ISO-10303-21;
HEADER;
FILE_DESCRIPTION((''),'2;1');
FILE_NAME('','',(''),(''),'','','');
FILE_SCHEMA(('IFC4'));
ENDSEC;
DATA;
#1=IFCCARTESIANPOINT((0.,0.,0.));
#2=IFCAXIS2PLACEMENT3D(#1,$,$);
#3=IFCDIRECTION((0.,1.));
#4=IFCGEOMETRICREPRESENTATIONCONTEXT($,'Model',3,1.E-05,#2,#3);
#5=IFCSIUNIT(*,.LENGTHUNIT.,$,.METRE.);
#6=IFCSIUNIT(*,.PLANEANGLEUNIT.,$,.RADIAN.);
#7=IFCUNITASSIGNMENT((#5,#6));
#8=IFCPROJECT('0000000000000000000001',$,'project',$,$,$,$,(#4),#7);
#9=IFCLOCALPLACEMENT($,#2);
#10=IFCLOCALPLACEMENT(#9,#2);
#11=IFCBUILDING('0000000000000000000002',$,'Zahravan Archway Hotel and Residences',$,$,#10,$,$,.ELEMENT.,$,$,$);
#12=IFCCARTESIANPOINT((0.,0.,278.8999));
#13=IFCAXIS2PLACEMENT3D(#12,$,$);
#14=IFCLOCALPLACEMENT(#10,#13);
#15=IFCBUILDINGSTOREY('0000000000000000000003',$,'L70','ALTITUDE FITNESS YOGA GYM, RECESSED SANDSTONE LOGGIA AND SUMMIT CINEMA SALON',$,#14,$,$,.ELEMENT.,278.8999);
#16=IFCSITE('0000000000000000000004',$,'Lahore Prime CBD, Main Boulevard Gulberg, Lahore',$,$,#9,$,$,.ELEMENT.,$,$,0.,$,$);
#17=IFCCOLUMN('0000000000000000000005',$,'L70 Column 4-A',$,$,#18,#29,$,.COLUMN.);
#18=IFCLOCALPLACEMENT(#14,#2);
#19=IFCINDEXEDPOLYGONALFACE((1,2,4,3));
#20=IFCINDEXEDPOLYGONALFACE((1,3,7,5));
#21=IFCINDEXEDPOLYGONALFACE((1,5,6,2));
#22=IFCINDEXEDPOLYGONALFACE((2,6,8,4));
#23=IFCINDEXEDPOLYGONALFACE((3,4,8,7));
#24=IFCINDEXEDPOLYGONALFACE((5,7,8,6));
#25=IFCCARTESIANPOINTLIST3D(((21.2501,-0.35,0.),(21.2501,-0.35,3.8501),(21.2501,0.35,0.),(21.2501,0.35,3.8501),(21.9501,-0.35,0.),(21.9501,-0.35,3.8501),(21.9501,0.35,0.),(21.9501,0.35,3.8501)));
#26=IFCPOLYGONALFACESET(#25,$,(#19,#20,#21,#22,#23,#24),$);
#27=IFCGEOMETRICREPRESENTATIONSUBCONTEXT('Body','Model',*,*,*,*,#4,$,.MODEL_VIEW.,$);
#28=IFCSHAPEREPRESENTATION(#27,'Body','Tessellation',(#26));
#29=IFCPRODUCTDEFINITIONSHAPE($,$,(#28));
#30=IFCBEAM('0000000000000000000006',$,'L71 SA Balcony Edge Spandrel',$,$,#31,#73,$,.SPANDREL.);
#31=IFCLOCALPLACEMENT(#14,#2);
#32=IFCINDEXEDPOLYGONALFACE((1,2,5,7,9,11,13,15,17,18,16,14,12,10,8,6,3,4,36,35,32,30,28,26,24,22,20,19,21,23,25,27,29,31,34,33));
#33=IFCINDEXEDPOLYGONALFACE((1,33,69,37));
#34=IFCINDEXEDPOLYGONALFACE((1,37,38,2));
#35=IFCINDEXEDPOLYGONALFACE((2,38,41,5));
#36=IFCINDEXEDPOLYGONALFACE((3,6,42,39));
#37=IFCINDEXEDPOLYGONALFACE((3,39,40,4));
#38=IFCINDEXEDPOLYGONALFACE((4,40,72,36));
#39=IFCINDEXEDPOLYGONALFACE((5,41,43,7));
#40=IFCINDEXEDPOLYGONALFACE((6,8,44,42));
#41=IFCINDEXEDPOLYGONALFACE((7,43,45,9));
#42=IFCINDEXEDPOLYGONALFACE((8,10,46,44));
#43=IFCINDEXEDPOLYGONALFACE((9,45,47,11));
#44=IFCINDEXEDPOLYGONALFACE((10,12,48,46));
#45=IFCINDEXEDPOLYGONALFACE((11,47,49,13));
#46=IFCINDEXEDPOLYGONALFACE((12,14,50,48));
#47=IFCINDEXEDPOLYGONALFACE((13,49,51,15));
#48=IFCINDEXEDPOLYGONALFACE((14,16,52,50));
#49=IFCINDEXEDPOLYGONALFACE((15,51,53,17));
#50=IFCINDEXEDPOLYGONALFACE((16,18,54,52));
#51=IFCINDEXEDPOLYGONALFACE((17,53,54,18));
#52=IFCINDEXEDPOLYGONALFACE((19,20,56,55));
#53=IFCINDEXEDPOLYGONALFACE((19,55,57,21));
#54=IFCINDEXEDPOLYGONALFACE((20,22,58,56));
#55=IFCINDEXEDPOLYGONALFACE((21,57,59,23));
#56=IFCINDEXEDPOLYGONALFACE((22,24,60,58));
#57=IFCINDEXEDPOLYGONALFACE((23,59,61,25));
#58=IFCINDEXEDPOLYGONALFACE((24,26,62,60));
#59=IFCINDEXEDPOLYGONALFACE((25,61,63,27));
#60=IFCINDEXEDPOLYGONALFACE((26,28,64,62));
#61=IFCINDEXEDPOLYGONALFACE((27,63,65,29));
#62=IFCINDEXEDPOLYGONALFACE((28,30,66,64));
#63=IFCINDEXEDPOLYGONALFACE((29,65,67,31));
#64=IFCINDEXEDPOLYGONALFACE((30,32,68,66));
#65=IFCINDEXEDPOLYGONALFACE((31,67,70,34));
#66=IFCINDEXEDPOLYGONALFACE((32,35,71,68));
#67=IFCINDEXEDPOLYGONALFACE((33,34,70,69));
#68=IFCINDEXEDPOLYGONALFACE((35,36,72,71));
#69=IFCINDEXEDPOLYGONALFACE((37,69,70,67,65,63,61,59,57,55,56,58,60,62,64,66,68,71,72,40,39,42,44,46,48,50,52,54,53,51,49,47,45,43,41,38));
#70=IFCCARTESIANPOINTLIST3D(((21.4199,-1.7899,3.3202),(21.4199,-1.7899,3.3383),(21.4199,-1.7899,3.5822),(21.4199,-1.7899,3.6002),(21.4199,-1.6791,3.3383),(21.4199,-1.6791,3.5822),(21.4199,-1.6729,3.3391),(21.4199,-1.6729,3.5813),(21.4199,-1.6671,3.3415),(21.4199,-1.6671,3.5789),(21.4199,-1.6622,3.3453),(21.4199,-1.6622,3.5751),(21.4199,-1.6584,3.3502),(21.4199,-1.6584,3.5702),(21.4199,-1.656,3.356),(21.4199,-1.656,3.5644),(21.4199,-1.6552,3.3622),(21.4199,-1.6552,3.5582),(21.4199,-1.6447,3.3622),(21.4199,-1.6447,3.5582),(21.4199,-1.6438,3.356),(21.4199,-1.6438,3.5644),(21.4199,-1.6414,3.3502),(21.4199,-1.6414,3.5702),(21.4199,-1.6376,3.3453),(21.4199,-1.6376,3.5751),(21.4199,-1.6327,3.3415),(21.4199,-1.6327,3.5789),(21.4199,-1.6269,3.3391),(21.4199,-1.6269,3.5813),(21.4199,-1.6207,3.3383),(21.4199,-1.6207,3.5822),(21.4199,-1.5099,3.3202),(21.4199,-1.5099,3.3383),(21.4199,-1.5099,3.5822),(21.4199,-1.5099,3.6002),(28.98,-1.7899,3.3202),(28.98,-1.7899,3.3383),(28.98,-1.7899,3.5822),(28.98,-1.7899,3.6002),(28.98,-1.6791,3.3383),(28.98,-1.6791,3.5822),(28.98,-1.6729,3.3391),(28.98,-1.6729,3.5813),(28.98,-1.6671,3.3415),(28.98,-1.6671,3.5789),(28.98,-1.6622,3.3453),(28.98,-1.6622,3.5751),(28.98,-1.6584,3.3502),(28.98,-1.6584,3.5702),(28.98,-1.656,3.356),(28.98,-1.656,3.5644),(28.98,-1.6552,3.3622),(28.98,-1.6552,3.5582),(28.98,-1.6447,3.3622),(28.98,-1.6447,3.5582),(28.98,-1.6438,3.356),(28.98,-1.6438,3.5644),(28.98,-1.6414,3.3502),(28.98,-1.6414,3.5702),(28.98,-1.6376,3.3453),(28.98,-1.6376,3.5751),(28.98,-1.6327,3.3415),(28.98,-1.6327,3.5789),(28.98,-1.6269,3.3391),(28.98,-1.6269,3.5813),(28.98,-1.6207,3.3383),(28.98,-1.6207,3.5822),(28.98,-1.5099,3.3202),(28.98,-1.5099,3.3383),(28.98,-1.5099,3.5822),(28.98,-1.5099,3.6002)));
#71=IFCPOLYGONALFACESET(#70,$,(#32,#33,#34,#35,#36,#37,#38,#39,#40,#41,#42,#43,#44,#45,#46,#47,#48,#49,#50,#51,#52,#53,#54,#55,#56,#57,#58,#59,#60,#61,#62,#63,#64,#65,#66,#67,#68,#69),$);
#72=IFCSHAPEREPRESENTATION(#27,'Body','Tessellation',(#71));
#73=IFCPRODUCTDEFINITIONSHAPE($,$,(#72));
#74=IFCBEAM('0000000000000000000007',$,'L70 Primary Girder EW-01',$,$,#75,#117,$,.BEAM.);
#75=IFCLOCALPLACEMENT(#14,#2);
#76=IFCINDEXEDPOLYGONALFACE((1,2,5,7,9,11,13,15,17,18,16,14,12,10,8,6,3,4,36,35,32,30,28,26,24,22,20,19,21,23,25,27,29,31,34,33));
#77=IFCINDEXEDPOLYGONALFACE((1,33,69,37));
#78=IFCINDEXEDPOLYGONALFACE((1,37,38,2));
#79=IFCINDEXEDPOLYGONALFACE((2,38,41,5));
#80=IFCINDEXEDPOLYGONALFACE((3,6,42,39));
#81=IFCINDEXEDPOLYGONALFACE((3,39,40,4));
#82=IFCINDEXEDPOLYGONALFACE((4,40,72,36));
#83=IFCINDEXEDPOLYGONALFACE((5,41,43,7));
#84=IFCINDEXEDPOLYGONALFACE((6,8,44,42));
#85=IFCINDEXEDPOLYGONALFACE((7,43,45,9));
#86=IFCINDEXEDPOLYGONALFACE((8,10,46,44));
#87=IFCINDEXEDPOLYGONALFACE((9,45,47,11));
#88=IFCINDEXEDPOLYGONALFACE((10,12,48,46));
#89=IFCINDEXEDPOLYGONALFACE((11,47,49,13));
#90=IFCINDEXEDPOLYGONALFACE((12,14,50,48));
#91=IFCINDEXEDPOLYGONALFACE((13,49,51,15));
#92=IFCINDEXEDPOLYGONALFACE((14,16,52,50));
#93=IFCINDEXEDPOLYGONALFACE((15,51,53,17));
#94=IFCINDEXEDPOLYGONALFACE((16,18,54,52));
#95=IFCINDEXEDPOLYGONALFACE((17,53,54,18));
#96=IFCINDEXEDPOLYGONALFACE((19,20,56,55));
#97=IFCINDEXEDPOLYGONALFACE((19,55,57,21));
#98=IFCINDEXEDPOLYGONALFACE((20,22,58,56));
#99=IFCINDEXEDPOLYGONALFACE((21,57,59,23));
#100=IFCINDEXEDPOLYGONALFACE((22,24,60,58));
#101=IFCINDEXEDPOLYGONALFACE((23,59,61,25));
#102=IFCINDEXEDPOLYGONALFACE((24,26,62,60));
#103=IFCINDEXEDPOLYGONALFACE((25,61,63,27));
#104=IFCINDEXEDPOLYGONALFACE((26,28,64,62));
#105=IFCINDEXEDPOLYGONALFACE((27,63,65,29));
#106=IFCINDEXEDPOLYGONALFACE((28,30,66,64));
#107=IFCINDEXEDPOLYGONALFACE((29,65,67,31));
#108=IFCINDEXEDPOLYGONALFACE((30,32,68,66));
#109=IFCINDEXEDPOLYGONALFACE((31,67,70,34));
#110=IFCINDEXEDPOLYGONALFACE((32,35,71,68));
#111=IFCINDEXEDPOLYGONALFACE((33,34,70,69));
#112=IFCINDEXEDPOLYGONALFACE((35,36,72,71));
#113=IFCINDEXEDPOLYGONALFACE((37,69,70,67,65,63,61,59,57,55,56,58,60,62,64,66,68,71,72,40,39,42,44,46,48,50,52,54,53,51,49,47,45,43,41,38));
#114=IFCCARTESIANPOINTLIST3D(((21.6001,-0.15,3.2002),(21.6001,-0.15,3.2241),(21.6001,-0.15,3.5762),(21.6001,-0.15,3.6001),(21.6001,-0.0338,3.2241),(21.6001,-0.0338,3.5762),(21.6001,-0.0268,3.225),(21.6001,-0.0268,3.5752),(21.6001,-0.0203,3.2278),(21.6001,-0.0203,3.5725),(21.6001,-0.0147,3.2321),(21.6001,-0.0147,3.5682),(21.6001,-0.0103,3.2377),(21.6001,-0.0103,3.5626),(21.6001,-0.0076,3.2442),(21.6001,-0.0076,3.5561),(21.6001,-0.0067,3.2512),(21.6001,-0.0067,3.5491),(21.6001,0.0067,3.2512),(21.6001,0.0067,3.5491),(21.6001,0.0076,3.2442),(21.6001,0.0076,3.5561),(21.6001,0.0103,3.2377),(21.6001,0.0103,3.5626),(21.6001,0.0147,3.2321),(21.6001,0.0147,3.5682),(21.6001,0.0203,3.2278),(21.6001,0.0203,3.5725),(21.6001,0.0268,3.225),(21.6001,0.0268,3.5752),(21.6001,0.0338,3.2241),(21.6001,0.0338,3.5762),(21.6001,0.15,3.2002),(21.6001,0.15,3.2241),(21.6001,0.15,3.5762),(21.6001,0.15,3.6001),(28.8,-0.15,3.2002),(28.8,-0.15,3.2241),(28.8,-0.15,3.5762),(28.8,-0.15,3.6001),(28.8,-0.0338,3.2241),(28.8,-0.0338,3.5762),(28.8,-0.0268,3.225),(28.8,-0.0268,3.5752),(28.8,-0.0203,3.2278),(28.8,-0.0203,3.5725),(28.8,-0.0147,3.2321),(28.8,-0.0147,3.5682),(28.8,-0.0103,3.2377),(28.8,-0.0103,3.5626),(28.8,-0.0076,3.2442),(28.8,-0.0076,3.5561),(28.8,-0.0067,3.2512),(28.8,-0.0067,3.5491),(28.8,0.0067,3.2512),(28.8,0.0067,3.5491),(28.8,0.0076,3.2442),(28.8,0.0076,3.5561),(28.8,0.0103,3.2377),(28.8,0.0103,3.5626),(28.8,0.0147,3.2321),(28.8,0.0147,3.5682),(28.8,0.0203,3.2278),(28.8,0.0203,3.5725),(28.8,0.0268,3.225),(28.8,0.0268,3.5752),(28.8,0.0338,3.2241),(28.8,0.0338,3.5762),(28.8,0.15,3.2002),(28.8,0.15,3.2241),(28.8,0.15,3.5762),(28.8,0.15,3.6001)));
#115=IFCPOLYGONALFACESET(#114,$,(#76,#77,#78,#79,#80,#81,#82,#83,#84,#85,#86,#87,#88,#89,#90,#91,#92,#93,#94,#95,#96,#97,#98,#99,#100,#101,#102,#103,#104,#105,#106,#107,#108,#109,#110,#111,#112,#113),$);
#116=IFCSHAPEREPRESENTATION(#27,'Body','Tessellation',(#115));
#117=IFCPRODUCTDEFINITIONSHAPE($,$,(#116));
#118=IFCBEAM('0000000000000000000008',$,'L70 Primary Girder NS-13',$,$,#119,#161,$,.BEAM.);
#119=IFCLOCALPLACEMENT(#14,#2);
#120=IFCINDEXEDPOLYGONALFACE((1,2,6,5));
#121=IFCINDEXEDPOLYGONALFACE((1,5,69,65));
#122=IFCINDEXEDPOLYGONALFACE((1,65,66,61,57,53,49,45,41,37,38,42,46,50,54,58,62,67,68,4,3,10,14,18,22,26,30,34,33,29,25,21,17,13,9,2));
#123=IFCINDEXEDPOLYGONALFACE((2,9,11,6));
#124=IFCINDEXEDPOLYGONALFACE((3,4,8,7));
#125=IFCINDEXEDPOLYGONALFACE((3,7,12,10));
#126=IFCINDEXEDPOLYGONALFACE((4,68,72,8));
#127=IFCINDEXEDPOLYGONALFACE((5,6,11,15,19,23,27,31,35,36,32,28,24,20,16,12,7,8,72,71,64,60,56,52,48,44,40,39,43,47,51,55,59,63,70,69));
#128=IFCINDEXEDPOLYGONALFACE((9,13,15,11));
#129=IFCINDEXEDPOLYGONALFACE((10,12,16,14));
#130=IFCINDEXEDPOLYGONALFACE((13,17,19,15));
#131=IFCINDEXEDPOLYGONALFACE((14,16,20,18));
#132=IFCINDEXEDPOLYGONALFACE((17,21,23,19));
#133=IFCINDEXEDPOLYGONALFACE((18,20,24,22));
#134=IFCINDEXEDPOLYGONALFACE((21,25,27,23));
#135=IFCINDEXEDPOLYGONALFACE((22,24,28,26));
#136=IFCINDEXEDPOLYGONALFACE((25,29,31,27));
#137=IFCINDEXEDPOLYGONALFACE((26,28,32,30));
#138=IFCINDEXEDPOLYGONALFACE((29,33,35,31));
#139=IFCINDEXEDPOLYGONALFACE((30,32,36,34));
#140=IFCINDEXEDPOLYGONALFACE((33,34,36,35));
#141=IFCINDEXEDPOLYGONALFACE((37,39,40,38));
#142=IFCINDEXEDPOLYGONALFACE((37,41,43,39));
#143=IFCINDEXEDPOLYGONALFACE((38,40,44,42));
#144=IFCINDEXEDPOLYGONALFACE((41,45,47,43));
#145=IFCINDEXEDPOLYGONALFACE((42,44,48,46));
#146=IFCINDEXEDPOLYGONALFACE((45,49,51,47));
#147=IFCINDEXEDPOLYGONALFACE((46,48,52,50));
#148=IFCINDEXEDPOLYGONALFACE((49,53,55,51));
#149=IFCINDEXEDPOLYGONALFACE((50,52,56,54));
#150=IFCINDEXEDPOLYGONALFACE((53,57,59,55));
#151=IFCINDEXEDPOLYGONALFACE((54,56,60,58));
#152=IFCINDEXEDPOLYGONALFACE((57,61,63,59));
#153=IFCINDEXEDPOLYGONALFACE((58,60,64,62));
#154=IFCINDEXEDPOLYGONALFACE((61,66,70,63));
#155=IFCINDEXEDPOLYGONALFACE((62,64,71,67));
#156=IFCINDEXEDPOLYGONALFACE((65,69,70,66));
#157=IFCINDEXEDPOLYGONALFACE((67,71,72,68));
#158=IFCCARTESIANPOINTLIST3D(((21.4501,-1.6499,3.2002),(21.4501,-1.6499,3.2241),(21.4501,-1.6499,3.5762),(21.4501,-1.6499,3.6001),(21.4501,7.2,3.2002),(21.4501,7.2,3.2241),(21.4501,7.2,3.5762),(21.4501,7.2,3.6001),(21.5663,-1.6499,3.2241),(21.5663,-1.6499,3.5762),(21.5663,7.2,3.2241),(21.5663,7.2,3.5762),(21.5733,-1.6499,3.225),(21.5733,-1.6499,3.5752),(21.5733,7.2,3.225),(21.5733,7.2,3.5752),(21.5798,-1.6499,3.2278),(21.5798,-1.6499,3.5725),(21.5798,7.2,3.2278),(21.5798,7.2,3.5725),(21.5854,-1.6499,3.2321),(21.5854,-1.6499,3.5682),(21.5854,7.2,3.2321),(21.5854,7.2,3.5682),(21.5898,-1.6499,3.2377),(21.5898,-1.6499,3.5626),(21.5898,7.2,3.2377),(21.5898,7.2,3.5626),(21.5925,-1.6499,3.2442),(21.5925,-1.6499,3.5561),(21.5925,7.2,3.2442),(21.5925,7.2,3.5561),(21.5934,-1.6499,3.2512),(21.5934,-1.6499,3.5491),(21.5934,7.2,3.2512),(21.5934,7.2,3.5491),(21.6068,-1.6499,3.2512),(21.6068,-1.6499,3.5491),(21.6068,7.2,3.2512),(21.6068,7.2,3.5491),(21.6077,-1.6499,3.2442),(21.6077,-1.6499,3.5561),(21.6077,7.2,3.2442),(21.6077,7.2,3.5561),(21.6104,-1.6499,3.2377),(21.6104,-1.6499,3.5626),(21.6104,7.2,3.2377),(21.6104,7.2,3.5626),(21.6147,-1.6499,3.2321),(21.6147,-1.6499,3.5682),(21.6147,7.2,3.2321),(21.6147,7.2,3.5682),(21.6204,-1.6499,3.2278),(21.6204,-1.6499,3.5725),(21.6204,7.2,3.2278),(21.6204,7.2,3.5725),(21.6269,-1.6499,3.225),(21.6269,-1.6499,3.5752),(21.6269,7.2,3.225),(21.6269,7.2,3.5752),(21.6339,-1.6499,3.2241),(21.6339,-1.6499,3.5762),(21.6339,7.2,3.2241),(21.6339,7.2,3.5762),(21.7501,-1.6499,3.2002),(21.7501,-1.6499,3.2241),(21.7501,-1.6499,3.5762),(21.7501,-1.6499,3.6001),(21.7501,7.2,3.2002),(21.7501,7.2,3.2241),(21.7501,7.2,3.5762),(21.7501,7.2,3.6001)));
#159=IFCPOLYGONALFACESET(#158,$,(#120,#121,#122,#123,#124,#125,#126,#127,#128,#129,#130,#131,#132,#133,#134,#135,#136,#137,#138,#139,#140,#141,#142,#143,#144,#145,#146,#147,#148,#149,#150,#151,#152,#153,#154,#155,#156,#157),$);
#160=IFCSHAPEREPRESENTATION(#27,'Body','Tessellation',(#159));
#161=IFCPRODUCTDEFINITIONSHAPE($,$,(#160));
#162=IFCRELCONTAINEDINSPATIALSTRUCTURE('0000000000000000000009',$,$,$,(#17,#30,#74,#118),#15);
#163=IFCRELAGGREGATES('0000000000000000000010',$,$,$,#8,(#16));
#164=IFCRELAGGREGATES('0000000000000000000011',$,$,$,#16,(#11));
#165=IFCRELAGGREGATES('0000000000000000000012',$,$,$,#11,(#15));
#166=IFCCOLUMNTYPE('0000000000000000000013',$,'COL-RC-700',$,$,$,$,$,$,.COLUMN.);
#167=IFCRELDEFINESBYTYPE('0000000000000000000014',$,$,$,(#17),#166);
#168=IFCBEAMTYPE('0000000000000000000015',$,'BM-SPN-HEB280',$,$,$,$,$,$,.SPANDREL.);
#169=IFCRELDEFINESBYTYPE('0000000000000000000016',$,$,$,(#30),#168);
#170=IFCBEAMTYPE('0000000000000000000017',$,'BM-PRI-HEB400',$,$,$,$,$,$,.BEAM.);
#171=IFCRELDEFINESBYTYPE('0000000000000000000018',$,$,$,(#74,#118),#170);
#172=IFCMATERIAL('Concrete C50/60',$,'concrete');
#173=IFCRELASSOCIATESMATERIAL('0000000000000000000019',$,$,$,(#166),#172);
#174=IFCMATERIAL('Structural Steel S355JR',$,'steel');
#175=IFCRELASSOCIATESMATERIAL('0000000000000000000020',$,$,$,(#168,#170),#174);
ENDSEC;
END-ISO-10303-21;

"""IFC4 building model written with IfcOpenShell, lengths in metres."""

from ifc_helpers import new_model, si_unit, direction, frame, origin, origin_2d, place, context, subcontext, project, spatial, rectangle, i_section, extrude, source, transform, mapped, material, material_profile, profile_set, type_object, type_shapes, element, save


model = new_model("IFC4")

# Units and contexts
model_context = context("Model", 3, precision=1e-05, world=origin(), true_north=direction((0.0, 1.0)))
body_context = subcontext(model_context, "Body", "Model", "MODEL_VIEW")
ifc_project = project(units=[si_unit("LENGTHUNIT", "METRE"), si_unit("PLANEANGLEUNIT", "RADIAN")], contexts=[model_context])

# Site, building, storey
site_placement = place(None, origin())
site = spatial("IfcSite", under=ifc_project, at=site_placement, Name="Lahore Prime CBD, Main Boulevard Gulberg, Lahore", CompositionType="ELEMENT", RefElevation=0.0)
building_placement = place(site_placement, origin())
building = spatial("IfcBuilding", under=site, at=building_placement, Name="Zahravan Archway Hotel and Residences", CompositionType="ELEMENT")
storey_placement = place(building_placement, frame((0.0, 0.0, 278.8999)))
storey = spatial("IfcBuildingStorey", under=building, at=storey_placement, Name="L70", Description="ALTITUDE FITNESS YOGA GYM, RECESSED SANDSTONE LOGGIA AND SUMMIT CINEMA SALON", CompositionType="ELEMENT", Elevation=278.8999)

# Column
ifc_material_1 = material(Name="Concrete C50/60", Category="concrete")
ifc_material_profile_1 = material_profile(ifc_material_1, rectangle(XDim=0.7, YDim=0.7, at=origin_2d()), Name="RC-COL-700x700", Category="concrete")
ifc_profile_set_1 = profile_set([ifc_material_profile_1], Name="Concrete C50/60")
column_type = type_object("IfcColumnType", Name="COL-RC-700", PredefinedType="COLUMN", material=ifc_profile_set_1)
shared_shape_1 = source(origin(), body_context, "Body", "SweptSolid", [
    extrude(rectangle(XDim=0.7, YDim=0.7, at=origin_2d()), origin(), (0.0, 0.0, 1.0), 3.8501),
])
column_placement = place(storey_placement, frame((21.6001, 0.0, 0.0), z_axis=(0.0, 0.0, 1.0), x_axis=(1.0, 0.0, 0.0)))
element("IfcColumn", 1, at=column_placement, inside=storey, type_object=column_type, Name="L70 Column 4-A", PredefinedType="COLUMN", context=body_context, shape_type="MappedRepresentation", body=[
    mapped(shared_shape_1, transform((0.0, 0.0, 0.0), scale=1.0)),
])

# Beams
ifc_material_2 = material(Name="Structural Steel S355JR", Category="steel")
ifc_material_profile_2 = material_profile(ifc_material_2, i_section(OverallWidth=0.28, OverallDepth=0.28, WebThickness=0.0105, FlangeThickness=0.0181, FilletRadius=0.0239, at=origin_2d()), Name="HEB 280", Category="steel")
ifc_profile_set_2 = profile_set([ifc_material_profile_2], Name="Structural Steel S355JR")
beam_type_1 = type_object("IfcBeamType", Name="BM-SPN-HEB280", PredefinedType="SPANDREL", material=ifc_profile_set_2)
shared_shape_2 = source(origin(), body_context, "Body", "SweptSolid", [
    extrude(i_section(OverallWidth=0.28, OverallDepth=0.28, WebThickness=0.0105, FlangeThickness=0.0181, FilletRadius=0.0239, at=origin_2d()), origin(), (0.0, 0.0, 1.0), 7.5601),
])
type_shapes(beam_type_1, [shared_shape_2])
beam_1_placement = place(storey_placement, frame((21.4199, -1.6499, 3.4602), z_axis=(1.0, 0.0, 0.0), x_axis=(0.0, 1.0, 0.0)))
element("IfcBeam", 2, at=beam_1_placement, inside=storey, type_object=beam_type_1, Name="L71 SA Balcony Edge Spandrel", PredefinedType="SPANDREL", context=body_context, shape_type="MappedRepresentation", body=[
    mapped(shared_shape_2, transform((0.0, 0.0, 0.0), scale=1.0)),
])
ifc_material_profile_3 = material_profile(ifc_material_2, i_section(OverallWidth=0.3, OverallDepth=0.3999, WebThickness=0.0134, FlangeThickness=0.0239, FilletRadius=0.0271, at=origin_2d()), Name="HEB 400", Category="steel")
ifc_profile_set_3 = profile_set([ifc_material_profile_3], Name="Structural Steel S355JR")
beam_type_2 = type_object("IfcBeamType", Name="BM-PRI-HEB400", PredefinedType="BEAM", material=ifc_profile_set_3)
shared_shape_3 = source(origin(), body_context, "Body", "SweptSolid", [
    extrude(i_section(OverallWidth=0.3, OverallDepth=0.3999, WebThickness=0.0134, FlangeThickness=0.0239, FilletRadius=0.0271, at=origin_2d()), origin(), (0.0, 0.0, 1.0), 7.2),
])
type_shapes(beam_type_2, [shared_shape_3])
beam_2_placement = place(storey_placement, frame((21.6001, 0.0, 3.4001), z_axis=(1.0, 0.0, 0.0), x_axis=(0.0, 1.0, 0.0)))
element("IfcBeam", 3, at=beam_2_placement, inside=storey, type_object=beam_type_2, Name="L70 Primary Girder EW-01", PredefinedType="BEAM", context=body_context, shape_type="MappedRepresentation", body=[
    mapped(shared_shape_3, transform((0.0, 0.0, 0.0), scale=1.0)),
])
shared_shape_4 = source(origin(), body_context, "Body", "SweptSolid", [
    extrude(i_section(OverallWidth=0.3, OverallDepth=0.3999, WebThickness=0.0134, FlangeThickness=0.0239, FilletRadius=0.0271, at=origin_2d()), origin(), (0.0, 0.0, 1.0), 8.8499),
])
beam_3_placement = place(storey_placement, frame((21.6001, -1.6499, 3.4001), z_axis=(0.0, 1.0, 0.0), x_axis=(-1.0, 0.0, 0.0)))
element("IfcBeam", 4, at=beam_3_placement, inside=storey, type_object=beam_type_2, Name="L70 Primary Girder NS-13", PredefinedType="BEAM", context=body_context, shape_type="MappedRepresentation", body=[
    mapped(shared_shape_4, transform((0.0, 0.0, 0.0), scale=1.0)),
])

save(model, "model.ifc")
